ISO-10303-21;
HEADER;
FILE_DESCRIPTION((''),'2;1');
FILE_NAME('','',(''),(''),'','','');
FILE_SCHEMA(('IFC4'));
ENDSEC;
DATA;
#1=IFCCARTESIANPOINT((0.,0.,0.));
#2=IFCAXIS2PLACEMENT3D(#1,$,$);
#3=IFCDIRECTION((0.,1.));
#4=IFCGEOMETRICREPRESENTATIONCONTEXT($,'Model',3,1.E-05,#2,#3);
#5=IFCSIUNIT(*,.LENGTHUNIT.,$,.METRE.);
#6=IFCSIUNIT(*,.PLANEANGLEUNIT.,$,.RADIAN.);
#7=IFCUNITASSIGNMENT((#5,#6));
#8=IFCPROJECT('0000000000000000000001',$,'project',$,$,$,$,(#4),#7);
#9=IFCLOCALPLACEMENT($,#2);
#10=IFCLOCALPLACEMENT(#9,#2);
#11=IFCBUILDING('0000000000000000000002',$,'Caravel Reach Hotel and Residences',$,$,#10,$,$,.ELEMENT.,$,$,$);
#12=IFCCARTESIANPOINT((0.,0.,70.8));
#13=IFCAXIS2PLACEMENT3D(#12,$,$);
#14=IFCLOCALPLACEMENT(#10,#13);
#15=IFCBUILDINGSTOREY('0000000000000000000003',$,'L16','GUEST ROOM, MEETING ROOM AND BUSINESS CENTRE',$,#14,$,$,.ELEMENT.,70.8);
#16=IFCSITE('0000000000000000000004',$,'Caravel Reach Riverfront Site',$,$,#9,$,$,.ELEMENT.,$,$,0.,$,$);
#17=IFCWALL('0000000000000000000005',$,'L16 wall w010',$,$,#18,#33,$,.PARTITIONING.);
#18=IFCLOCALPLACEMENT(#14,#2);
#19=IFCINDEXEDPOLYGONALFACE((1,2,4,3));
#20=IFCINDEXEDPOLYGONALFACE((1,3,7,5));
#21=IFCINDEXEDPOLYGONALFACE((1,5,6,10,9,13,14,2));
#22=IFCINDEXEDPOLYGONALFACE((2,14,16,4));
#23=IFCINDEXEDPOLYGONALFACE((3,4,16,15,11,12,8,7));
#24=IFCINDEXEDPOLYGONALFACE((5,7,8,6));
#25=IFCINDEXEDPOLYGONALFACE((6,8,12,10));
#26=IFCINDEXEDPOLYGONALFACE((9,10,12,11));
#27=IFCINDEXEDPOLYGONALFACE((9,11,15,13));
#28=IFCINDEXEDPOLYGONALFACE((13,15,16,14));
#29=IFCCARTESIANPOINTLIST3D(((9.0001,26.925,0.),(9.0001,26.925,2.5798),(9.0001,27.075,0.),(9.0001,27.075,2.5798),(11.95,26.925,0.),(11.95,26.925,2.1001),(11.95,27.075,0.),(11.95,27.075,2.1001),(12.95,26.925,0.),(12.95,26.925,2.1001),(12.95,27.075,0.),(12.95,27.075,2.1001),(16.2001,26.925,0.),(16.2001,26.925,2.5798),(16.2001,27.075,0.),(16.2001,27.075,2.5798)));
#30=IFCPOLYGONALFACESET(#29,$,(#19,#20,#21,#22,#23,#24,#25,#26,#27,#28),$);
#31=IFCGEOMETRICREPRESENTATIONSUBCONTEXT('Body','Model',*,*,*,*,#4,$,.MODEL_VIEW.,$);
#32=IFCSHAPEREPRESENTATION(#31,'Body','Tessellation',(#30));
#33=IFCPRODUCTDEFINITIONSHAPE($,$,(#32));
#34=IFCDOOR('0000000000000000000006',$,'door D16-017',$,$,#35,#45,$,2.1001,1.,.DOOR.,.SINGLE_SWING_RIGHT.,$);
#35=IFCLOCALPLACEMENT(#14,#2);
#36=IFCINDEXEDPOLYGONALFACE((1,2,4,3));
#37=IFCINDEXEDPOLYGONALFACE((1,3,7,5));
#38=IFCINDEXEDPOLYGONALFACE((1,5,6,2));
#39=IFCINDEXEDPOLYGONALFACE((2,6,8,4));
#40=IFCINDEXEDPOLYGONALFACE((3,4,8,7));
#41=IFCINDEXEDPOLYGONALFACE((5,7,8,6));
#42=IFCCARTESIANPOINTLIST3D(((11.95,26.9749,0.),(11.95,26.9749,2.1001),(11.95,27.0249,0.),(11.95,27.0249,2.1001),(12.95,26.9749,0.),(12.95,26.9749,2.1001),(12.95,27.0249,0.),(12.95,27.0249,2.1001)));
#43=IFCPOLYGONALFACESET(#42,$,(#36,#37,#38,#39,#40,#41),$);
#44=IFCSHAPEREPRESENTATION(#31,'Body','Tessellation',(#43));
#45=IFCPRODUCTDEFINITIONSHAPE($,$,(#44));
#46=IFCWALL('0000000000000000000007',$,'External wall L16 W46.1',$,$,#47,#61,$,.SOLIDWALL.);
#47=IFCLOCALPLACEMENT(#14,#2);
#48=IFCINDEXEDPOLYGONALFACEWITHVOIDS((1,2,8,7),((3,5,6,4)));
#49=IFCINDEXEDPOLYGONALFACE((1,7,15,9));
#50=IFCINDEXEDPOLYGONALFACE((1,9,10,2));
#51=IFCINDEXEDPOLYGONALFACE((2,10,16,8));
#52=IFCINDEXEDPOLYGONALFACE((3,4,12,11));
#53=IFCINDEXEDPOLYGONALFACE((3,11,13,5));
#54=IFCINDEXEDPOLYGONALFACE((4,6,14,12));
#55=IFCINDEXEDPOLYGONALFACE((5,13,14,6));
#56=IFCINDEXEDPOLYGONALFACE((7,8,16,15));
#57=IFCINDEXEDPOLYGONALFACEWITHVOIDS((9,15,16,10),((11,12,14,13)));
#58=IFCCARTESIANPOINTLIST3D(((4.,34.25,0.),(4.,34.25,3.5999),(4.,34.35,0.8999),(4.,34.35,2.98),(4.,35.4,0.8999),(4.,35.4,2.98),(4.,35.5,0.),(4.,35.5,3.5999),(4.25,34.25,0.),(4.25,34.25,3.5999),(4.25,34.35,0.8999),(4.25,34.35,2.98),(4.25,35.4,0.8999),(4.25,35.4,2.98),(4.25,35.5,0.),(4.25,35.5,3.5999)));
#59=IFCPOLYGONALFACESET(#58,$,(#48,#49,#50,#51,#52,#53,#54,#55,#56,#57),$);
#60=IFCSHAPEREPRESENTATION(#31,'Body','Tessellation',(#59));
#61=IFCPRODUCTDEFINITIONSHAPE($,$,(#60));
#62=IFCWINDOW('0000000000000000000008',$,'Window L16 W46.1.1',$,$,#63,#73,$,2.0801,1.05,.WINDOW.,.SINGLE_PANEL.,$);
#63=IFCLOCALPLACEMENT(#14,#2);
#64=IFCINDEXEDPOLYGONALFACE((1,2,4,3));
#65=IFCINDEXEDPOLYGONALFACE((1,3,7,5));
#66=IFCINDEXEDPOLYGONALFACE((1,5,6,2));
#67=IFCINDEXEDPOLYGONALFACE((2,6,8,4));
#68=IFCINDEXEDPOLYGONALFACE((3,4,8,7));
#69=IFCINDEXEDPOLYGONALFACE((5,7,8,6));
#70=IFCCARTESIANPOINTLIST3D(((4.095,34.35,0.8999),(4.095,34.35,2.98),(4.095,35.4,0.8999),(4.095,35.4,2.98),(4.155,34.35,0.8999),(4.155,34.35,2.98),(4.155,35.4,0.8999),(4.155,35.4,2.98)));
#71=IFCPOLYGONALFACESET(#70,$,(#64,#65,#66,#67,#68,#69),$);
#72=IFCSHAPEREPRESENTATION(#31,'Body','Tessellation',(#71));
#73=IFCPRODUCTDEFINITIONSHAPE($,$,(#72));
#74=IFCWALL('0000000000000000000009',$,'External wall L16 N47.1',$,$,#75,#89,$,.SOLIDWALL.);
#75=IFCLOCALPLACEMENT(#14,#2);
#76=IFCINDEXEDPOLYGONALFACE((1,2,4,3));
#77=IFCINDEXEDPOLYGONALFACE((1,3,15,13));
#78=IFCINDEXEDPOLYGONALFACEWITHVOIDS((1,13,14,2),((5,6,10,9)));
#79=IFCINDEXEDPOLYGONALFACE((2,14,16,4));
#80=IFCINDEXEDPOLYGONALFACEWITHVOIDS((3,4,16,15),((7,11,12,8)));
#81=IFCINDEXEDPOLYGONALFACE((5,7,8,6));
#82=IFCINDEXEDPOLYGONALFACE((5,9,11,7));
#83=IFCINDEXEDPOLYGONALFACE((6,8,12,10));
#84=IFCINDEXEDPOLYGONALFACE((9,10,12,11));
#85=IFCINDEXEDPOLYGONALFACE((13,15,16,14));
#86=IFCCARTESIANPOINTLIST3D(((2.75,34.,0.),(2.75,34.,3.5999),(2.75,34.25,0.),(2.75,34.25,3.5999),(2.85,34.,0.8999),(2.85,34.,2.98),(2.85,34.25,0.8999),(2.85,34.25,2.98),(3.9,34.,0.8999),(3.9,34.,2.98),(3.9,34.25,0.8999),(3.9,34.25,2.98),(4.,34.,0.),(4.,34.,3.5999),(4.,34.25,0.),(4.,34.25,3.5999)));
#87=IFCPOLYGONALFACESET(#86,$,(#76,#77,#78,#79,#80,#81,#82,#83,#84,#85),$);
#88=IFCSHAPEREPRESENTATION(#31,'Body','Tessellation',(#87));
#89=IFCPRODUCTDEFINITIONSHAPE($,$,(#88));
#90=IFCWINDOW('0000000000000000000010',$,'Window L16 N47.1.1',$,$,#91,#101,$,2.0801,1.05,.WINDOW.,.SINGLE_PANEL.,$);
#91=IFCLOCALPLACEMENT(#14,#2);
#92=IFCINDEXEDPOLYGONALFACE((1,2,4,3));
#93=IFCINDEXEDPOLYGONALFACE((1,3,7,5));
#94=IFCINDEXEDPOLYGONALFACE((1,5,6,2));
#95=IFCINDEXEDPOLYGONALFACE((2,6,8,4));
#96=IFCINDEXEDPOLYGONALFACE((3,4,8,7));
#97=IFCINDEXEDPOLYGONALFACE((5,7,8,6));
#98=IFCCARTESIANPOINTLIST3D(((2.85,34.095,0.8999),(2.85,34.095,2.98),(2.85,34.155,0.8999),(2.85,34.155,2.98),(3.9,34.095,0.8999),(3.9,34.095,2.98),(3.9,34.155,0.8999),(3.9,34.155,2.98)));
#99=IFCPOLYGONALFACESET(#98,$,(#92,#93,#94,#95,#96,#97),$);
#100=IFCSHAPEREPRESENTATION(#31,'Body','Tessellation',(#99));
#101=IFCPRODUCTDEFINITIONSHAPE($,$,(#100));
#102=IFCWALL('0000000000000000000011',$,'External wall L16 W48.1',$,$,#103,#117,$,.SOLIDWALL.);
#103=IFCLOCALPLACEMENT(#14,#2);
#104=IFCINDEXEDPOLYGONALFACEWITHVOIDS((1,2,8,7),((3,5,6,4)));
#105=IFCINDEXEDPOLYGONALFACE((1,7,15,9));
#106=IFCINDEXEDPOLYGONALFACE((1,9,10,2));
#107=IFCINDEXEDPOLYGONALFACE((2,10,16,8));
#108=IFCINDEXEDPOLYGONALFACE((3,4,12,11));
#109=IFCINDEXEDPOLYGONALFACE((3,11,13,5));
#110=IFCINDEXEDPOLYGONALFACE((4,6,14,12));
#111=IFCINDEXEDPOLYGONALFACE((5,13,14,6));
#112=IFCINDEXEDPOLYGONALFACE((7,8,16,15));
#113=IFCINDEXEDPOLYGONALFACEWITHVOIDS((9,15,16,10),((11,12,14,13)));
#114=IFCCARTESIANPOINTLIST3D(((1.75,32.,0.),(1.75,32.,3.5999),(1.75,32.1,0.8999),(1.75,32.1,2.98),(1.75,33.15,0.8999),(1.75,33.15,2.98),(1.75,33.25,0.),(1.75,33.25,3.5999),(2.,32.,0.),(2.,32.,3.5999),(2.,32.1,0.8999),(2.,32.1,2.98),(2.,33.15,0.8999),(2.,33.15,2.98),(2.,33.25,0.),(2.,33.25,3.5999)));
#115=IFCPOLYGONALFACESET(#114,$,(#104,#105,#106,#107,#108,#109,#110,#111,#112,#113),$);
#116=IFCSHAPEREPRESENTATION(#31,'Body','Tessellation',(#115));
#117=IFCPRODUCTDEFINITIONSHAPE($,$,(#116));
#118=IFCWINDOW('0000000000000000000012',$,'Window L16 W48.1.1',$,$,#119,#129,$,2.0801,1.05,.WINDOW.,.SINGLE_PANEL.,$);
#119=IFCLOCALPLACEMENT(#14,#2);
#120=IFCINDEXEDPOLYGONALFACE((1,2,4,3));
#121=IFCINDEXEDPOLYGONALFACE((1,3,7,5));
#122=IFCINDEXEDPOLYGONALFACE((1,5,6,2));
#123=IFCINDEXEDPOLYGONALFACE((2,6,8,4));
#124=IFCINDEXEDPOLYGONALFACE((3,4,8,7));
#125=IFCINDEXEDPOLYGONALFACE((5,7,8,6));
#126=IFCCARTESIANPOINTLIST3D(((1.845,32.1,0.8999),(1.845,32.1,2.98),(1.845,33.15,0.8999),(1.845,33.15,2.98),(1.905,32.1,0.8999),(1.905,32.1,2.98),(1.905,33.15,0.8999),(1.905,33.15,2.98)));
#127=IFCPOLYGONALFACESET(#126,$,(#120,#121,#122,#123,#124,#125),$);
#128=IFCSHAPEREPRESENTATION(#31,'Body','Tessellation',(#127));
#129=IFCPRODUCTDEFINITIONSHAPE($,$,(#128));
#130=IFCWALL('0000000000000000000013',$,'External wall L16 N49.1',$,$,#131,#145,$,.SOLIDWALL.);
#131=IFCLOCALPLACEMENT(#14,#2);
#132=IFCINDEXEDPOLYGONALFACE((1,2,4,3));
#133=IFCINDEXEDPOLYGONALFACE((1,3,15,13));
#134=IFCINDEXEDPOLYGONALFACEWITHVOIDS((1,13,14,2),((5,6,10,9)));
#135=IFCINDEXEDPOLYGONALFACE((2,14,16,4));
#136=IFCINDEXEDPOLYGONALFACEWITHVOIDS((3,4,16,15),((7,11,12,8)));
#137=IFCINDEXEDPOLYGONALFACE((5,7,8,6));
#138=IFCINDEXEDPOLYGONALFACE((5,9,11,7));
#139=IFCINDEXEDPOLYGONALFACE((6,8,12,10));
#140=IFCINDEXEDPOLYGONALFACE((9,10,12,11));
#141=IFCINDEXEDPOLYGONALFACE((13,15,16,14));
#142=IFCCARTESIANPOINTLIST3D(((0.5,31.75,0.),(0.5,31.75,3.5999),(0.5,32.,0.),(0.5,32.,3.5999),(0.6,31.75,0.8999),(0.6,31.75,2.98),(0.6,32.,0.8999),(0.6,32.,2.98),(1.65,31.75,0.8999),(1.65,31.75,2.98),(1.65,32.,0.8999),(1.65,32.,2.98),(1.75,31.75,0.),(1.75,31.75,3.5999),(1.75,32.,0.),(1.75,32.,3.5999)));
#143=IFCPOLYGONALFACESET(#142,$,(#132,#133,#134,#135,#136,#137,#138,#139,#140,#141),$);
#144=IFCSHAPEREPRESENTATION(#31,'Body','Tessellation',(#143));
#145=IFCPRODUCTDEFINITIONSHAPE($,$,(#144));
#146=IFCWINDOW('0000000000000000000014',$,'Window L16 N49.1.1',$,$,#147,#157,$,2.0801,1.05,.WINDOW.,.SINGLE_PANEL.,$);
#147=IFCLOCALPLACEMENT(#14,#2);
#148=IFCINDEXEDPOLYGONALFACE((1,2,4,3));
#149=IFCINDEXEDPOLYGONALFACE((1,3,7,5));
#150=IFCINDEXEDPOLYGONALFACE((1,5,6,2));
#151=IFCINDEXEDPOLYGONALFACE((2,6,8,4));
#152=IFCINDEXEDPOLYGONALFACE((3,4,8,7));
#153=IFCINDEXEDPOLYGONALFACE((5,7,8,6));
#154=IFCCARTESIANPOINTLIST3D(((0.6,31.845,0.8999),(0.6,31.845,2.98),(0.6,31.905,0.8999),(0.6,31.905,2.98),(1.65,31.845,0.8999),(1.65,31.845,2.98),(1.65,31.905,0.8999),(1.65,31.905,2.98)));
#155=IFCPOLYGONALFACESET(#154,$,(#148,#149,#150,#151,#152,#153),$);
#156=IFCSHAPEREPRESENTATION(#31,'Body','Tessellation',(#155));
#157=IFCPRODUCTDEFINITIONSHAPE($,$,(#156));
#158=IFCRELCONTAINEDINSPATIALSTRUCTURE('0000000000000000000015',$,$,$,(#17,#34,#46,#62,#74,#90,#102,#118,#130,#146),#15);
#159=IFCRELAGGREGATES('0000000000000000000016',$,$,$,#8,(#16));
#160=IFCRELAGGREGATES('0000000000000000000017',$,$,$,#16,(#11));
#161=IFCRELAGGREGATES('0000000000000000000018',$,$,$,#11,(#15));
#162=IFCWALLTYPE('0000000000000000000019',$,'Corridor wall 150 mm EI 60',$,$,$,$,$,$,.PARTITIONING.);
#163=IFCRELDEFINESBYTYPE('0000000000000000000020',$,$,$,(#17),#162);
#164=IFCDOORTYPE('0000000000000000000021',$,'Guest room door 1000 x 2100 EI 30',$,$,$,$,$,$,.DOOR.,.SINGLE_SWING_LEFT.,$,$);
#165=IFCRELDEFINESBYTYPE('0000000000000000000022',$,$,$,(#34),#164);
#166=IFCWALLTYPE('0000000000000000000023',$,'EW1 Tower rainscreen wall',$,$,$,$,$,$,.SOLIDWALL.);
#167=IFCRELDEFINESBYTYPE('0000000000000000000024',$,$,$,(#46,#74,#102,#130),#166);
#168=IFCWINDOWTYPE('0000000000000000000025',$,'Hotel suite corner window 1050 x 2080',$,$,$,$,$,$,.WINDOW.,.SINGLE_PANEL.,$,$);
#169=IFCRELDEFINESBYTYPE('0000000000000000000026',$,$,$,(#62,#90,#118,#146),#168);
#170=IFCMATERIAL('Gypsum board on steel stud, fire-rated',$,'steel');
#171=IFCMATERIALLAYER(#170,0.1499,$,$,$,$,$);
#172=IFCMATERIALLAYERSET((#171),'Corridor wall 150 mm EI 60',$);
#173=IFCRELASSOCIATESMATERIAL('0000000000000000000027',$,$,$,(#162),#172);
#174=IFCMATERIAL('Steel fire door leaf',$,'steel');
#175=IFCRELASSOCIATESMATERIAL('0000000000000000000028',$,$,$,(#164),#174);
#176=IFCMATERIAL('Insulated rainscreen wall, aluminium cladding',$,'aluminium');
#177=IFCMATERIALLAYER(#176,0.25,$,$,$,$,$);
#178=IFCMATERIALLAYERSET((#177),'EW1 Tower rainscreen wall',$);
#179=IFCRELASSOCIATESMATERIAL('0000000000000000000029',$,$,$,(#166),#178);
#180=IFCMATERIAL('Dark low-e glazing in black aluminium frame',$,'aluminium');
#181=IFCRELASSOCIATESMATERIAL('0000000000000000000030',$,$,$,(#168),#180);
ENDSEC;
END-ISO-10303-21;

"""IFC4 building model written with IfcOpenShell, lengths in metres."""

from ifc_helpers import new_model, si_unit, direction, frame, frame_2d, origin, place, context, subcontext, project, spatial, rectangle, extrude, material, layer, layer_set, type_object, element, fill, save


model = new_model("IFC4")

# Units and contexts
model_context = context("Model", 3, precision=1e-05, world=origin(), true_north=direction((0.0, 1.0)))
body_context = subcontext(model_context, "Body", "Model", "MODEL_VIEW")
ifc_project = project(units=[si_unit("LENGTHUNIT", "METRE"), si_unit("PLANEANGLEUNIT", "RADIAN")], contexts=[model_context])

# Site, building, storey
site_placement = place(None, origin())
site = spatial("IfcSite", under=ifc_project, at=site_placement, Name="Caravel Reach Riverfront Site", CompositionType="ELEMENT", RefElevation=0.0)
building_placement = place(site_placement, origin())
building = spatial("IfcBuilding", under=site, at=building_placement, Name="Caravel Reach Hotel and Residences", CompositionType="ELEMENT")
storey_placement = place(building_placement, frame((0.0, 0.0, 70.8)))
storey = spatial("IfcBuildingStorey", under=building, at=storey_placement, Name="L16", Description="GUEST ROOM, MEETING ROOM AND BUSINESS CENTRE", CompositionType="ELEMENT", Elevation=70.8)

# Wall, opening, door
ifc_material_1 = material(Name="Gypsum board on steel stud, fire-rated", Category="steel")
ifc_layer_1 = layer(ifc_material_1, 0.1499)
ifc_layer_set_1 = layer_set([ifc_layer_1], Name="Corridor wall 150 mm EI 60")
wall_type_1 = type_object("IfcWallType", Name="Corridor wall 150 mm EI 60", PredefinedType="PARTITIONING", material=ifc_layer_set_1)
wall_1_placement = place(storey_placement, frame((9.0, 27.0, 0.0), z_axis=(0.0, 0.0, 1.0), x_axis=(1.0, 0.0, 0.0)))
wall_1 = element("IfcWall", 1, at=wall_1_placement, inside=storey, type_object=wall_type_1, Name="L16 wall w010", PredefinedType="PARTITIONING", context=body_context, shape_type="SweptSolid", body=[
    extrude(rectangle(XDim=7.2, YDim=0.1499, at=frame_2d((3.6001, 0.0))), origin(), (0.0, 0.0, 1.0), 2.5798),
])
opening_1_placement = place(wall_1_placement, frame((2.95, 0.0, 0.0)))
opening_1 = element("IfcOpeningElement", 2, at=opening_1_placement, cuts=wall_1, PredefinedType="OPENING", context=body_context, shape_type="SweptSolid", body=[
    extrude(rectangle(XDim=1.0, YDim=2.1001, at=frame_2d((0.5, 1.05))), frame((0.0, 0.085, 0.0), z_axis=(0.0, -1.0, 0.0), x_axis=(1.0, 0.0, 0.0)), (0.0, 0.0, 1.0), 0.1699),
])
ifc_material_2 = material(Name="Steel fire door leaf", Category="steel")
door_type_1 = type_object("IfcDoorType", Name="Guest room door 1000 x 2100 EI 30", OperationType="SINGLE_SWING_LEFT", PredefinedType="DOOR", material=ifc_material_2)
door_1_placement = place(opening_1_placement, origin())
door_1 = element("IfcDoor", 3, at=door_1_placement, inside=storey, type_object=door_type_1, Name="door D16-017", OperationType="SINGLE_SWING_RIGHT", OverallHeight=2.1001, OverallWidth=1.0, PredefinedType="DOOR", context=body_context, shape_type="SweptSolid", body=[
    extrude(rectangle(XDim=1.0, YDim=2.1001, at=frame_2d((0.5, 1.05))), frame((0.0, 0.0249, 0.0), z_axis=(0.0, -1.0, 0.0), x_axis=(1.0, 0.0, 0.0)), (0.0, 0.0, 1.0), 0.05),
])
fill(opening_1, door_1)

# Walls, openings, windows
ifc_material_3 = material(Name="Insulated rainscreen wall, aluminium cladding", Category="aluminium")
ifc_layer_2 = layer(ifc_material_3, 0.25)
ifc_layer_set_2 = layer_set([ifc_layer_2], Name="EW1 Tower rainscreen wall")
wall_type_2 = type_object("IfcWallType", Name="EW1 Tower rainscreen wall", PredefinedType="SOLIDWALL", material=ifc_layer_set_2)
wall_2_placement = place(storey_placement, frame((4.125, 35.5, 0.0), z_axis=(0.0, 0.0, 1.0), x_axis=(0.0, -1.0, 0.0)))
wall_2 = element("IfcWall", 4, at=wall_2_placement, inside=storey, type_object=wall_type_2, Name="External wall L16 W46.1", PredefinedType="SOLIDWALL", context=body_context, shape_type="SweptSolid", body=[
    extrude(rectangle(XDim=1.25, YDim=0.25, at=frame_2d((0.625, 0.0))), origin(), (0.0, 0.0, 1.0), 3.5999),
])
opening_2_placement = place(wall_2_placement, frame((0.1001, 0.0, 0.8999)))
opening_2 = element("IfcOpeningElement", 5, at=opening_2_placement, cuts=wall_2, PredefinedType="OPENING", context=body_context, shape_type="SweptSolid", body=[
    extrude(rectangle(XDim=1.05, YDim=2.0801, at=frame_2d((0.5249, 1.04))), frame((0.0, 0.135, 0.0), z_axis=(0.0, -1.0, 0.0), x_axis=(1.0, 0.0, 0.0)), (0.0, 0.0, 1.0), 0.27),
])
ifc_material_4 = material(Name="Dark low-e glazing in black aluminium frame", Category="aluminium")
window_type_1 = type_object("IfcWindowType", Name="Hotel suite corner window 1050 x 2080", PartitioningType="SINGLE_PANEL", PredefinedType="WINDOW", material=ifc_material_4)
window_1_placement = place(opening_2_placement, origin())
window_1 = element("IfcWindow", 6, at=window_1_placement, inside=storey, type_object=window_type_1, Name="Window L16 W46.1.1", OverallHeight=2.0801, OverallWidth=1.05, PartitioningType="SINGLE_PANEL", PredefinedType="WINDOW", context=body_context, shape_type="SweptSolid", body=[
    extrude(rectangle(XDim=1.05, YDim=2.0801, at=frame_2d((0.5249, 1.04))), frame((0.0, 0.03, 0.0), z_axis=(0.0, -1.0, 0.0), x_axis=(1.0, 0.0, 0.0)), (0.0, 0.0, 1.0), 0.0601),
])
fill(opening_2, window_1)
wall_3_placement = place(storey_placement, frame((4.0, 34.125, 0.0), z_axis=(0.0, 0.0, 1.0), x_axis=(-1.0, 0.0, 0.0)))
wall_3 = element("IfcWall", 7, at=wall_3_placement, inside=storey, type_object=wall_type_2, Name="External wall L16 N47.1", PredefinedType="SOLIDWALL", context=body_context, shape_type="SweptSolid", body=[
    extrude(rectangle(XDim=1.25, YDim=0.25, at=frame_2d((0.625, 0.0))), origin(), (0.0, 0.0, 1.0), 3.5999),
])
opening_3_placement = place(wall_3_placement, frame((0.1001, 0.0, 0.8999)))
opening_3 = element("IfcOpeningElement", 8, at=opening_3_placement, cuts=wall_3, PredefinedType="OPENING", context=body_context, shape_type="SweptSolid", body=[
    extrude(rectangle(XDim=1.05, YDim=2.0801, at=frame_2d((0.5249, 1.04))), frame((0.0, 0.135, 0.0), z_axis=(0.0, -1.0, 0.0), x_axis=(1.0, 0.0, 0.0)), (0.0, 0.0, 1.0), 0.27),
])
window_2_placement = place(opening_3_placement, origin())
window_2 = element("IfcWindow", 9, at=window_2_placement, inside=storey, type_object=window_type_1, Name="Window L16 N47.1.1", OverallHeight=2.0801, OverallWidth=1.05, PartitioningType="SINGLE_PANEL", PredefinedType="WINDOW", context=body_context, shape_type="SweptSolid", body=[
    extrude(rectangle(XDim=1.05, YDim=2.0801, at=frame_2d((0.5249, 1.04))), frame((0.0, 0.03, 0.0), z_axis=(0.0, -1.0, 0.0), x_axis=(1.0, 0.0, 0.0)), (0.0, 0.0, 1.0), 0.0601),
])
fill(opening_3, window_2)
wall_4_placement = place(storey_placement, frame((1.875, 33.25, 0.0), z_axis=(0.0, 0.0, 1.0), x_axis=(0.0, -1.0, 0.0)))
wall_4 = element("IfcWall", 10, at=wall_4_placement, inside=storey, type_object=wall_type_2, Name="External wall L16 W48.1", PredefinedType="SOLIDWALL", context=body_context, shape_type="SweptSolid", body=[
    extrude(rectangle(XDim=1.25, YDim=0.25, at=frame_2d((0.625, 0.0))), origin(), (0.0, 0.0, 1.0), 3.5999),
])
opening_4_placement = place(wall_4_placement, frame((0.1001, 0.0, 0.8999)))
opening_4 = element("IfcOpeningElement", 11, at=opening_4_placement, cuts=wall_4, PredefinedType="OPENING", context=body_context, shape_type="SweptSolid", body=[
    extrude(rectangle(XDim=1.05, YDim=2.0801, at=frame_2d((0.5249, 1.04))), frame((0.0, 0.135, 0.0), z_axis=(0.0, -1.0, 0.0), x_axis=(1.0, 0.0, 0.0)), (0.0, 0.0, 1.0), 0.27),
])
window_3_placement = place(opening_4_placement, origin())
window_3 = element("IfcWindow", 12, at=window_3_placement, inside=storey, type_object=window_type_1, Name="Window L16 W48.1.1", OverallHeight=2.0801, OverallWidth=1.05, PartitioningType="SINGLE_PANEL", PredefinedType="WINDOW", context=body_context, shape_type="SweptSolid", body=[
    extrude(rectangle(XDim=1.05, YDim=2.0801, at=frame_2d((0.5249, 1.04))), frame((0.0, 0.03, 0.0), z_axis=(0.0, -1.0, 0.0), x_axis=(1.0, 0.0, 0.0)), (0.0, 0.0, 1.0), 0.0601),
])
fill(opening_4, window_3)
wall_5_placement = place(storey_placement, frame((1.75, 31.875, 0.0), z_axis=(0.0, 0.0, 1.0), x_axis=(-1.0, 0.0, 0.0)))
wall_5 = element("IfcWall", 13, at=wall_5_placement, inside=storey, type_object=wall_type_2, Name="External wall L16 N49.1", PredefinedType="SOLIDWALL", context=body_context, shape_type="SweptSolid", body=[
    extrude(rectangle(XDim=1.25, YDim=0.25, at=frame_2d((0.625, 0.0))), origin(), (0.0, 0.0, 1.0), 3.5999),
])
opening_5_placement = place(wall_5_placement, frame((0.1001, 0.0, 0.8999)))
opening_5 = element("IfcOpeningElement", 14, at=opening_5_placement, cuts=wall_5, PredefinedType="OPENING", context=body_context, shape_type="SweptSolid", body=[
    extrude(rectangle(XDim=1.05, YDim=2.0801, at=frame_2d((0.5249, 1.04))), frame((0.0, 0.135, 0.0), z_axis=(0.0, -1.0, 0.0), x_axis=(1.0, 0.0, 0.0)), (0.0, 0.0, 1.0), 0.27),
])
window_4_placement = place(opening_5_placement, origin())
window_4 = element("IfcWindow", 15, at=window_4_placement, inside=storey, type_object=window_type_1, Name="Window L16 N49.1.1", OverallHeight=2.0801, OverallWidth=1.05, PartitioningType="SINGLE_PANEL", PredefinedType="WINDOW", context=body_context, shape_type="SweptSolid", body=[
    extrude(rectangle(XDim=1.05, YDim=2.0801, at=frame_2d((0.5249, 1.04))), frame((0.0, 0.03, 0.0), z_axis=(0.0, -1.0, 0.0), x_axis=(1.0, 0.0, 0.0)), (0.0, 0.0, 1.0), 0.0601),
])
fill(opening_5, window_4)

save(model, "model.ifc")
